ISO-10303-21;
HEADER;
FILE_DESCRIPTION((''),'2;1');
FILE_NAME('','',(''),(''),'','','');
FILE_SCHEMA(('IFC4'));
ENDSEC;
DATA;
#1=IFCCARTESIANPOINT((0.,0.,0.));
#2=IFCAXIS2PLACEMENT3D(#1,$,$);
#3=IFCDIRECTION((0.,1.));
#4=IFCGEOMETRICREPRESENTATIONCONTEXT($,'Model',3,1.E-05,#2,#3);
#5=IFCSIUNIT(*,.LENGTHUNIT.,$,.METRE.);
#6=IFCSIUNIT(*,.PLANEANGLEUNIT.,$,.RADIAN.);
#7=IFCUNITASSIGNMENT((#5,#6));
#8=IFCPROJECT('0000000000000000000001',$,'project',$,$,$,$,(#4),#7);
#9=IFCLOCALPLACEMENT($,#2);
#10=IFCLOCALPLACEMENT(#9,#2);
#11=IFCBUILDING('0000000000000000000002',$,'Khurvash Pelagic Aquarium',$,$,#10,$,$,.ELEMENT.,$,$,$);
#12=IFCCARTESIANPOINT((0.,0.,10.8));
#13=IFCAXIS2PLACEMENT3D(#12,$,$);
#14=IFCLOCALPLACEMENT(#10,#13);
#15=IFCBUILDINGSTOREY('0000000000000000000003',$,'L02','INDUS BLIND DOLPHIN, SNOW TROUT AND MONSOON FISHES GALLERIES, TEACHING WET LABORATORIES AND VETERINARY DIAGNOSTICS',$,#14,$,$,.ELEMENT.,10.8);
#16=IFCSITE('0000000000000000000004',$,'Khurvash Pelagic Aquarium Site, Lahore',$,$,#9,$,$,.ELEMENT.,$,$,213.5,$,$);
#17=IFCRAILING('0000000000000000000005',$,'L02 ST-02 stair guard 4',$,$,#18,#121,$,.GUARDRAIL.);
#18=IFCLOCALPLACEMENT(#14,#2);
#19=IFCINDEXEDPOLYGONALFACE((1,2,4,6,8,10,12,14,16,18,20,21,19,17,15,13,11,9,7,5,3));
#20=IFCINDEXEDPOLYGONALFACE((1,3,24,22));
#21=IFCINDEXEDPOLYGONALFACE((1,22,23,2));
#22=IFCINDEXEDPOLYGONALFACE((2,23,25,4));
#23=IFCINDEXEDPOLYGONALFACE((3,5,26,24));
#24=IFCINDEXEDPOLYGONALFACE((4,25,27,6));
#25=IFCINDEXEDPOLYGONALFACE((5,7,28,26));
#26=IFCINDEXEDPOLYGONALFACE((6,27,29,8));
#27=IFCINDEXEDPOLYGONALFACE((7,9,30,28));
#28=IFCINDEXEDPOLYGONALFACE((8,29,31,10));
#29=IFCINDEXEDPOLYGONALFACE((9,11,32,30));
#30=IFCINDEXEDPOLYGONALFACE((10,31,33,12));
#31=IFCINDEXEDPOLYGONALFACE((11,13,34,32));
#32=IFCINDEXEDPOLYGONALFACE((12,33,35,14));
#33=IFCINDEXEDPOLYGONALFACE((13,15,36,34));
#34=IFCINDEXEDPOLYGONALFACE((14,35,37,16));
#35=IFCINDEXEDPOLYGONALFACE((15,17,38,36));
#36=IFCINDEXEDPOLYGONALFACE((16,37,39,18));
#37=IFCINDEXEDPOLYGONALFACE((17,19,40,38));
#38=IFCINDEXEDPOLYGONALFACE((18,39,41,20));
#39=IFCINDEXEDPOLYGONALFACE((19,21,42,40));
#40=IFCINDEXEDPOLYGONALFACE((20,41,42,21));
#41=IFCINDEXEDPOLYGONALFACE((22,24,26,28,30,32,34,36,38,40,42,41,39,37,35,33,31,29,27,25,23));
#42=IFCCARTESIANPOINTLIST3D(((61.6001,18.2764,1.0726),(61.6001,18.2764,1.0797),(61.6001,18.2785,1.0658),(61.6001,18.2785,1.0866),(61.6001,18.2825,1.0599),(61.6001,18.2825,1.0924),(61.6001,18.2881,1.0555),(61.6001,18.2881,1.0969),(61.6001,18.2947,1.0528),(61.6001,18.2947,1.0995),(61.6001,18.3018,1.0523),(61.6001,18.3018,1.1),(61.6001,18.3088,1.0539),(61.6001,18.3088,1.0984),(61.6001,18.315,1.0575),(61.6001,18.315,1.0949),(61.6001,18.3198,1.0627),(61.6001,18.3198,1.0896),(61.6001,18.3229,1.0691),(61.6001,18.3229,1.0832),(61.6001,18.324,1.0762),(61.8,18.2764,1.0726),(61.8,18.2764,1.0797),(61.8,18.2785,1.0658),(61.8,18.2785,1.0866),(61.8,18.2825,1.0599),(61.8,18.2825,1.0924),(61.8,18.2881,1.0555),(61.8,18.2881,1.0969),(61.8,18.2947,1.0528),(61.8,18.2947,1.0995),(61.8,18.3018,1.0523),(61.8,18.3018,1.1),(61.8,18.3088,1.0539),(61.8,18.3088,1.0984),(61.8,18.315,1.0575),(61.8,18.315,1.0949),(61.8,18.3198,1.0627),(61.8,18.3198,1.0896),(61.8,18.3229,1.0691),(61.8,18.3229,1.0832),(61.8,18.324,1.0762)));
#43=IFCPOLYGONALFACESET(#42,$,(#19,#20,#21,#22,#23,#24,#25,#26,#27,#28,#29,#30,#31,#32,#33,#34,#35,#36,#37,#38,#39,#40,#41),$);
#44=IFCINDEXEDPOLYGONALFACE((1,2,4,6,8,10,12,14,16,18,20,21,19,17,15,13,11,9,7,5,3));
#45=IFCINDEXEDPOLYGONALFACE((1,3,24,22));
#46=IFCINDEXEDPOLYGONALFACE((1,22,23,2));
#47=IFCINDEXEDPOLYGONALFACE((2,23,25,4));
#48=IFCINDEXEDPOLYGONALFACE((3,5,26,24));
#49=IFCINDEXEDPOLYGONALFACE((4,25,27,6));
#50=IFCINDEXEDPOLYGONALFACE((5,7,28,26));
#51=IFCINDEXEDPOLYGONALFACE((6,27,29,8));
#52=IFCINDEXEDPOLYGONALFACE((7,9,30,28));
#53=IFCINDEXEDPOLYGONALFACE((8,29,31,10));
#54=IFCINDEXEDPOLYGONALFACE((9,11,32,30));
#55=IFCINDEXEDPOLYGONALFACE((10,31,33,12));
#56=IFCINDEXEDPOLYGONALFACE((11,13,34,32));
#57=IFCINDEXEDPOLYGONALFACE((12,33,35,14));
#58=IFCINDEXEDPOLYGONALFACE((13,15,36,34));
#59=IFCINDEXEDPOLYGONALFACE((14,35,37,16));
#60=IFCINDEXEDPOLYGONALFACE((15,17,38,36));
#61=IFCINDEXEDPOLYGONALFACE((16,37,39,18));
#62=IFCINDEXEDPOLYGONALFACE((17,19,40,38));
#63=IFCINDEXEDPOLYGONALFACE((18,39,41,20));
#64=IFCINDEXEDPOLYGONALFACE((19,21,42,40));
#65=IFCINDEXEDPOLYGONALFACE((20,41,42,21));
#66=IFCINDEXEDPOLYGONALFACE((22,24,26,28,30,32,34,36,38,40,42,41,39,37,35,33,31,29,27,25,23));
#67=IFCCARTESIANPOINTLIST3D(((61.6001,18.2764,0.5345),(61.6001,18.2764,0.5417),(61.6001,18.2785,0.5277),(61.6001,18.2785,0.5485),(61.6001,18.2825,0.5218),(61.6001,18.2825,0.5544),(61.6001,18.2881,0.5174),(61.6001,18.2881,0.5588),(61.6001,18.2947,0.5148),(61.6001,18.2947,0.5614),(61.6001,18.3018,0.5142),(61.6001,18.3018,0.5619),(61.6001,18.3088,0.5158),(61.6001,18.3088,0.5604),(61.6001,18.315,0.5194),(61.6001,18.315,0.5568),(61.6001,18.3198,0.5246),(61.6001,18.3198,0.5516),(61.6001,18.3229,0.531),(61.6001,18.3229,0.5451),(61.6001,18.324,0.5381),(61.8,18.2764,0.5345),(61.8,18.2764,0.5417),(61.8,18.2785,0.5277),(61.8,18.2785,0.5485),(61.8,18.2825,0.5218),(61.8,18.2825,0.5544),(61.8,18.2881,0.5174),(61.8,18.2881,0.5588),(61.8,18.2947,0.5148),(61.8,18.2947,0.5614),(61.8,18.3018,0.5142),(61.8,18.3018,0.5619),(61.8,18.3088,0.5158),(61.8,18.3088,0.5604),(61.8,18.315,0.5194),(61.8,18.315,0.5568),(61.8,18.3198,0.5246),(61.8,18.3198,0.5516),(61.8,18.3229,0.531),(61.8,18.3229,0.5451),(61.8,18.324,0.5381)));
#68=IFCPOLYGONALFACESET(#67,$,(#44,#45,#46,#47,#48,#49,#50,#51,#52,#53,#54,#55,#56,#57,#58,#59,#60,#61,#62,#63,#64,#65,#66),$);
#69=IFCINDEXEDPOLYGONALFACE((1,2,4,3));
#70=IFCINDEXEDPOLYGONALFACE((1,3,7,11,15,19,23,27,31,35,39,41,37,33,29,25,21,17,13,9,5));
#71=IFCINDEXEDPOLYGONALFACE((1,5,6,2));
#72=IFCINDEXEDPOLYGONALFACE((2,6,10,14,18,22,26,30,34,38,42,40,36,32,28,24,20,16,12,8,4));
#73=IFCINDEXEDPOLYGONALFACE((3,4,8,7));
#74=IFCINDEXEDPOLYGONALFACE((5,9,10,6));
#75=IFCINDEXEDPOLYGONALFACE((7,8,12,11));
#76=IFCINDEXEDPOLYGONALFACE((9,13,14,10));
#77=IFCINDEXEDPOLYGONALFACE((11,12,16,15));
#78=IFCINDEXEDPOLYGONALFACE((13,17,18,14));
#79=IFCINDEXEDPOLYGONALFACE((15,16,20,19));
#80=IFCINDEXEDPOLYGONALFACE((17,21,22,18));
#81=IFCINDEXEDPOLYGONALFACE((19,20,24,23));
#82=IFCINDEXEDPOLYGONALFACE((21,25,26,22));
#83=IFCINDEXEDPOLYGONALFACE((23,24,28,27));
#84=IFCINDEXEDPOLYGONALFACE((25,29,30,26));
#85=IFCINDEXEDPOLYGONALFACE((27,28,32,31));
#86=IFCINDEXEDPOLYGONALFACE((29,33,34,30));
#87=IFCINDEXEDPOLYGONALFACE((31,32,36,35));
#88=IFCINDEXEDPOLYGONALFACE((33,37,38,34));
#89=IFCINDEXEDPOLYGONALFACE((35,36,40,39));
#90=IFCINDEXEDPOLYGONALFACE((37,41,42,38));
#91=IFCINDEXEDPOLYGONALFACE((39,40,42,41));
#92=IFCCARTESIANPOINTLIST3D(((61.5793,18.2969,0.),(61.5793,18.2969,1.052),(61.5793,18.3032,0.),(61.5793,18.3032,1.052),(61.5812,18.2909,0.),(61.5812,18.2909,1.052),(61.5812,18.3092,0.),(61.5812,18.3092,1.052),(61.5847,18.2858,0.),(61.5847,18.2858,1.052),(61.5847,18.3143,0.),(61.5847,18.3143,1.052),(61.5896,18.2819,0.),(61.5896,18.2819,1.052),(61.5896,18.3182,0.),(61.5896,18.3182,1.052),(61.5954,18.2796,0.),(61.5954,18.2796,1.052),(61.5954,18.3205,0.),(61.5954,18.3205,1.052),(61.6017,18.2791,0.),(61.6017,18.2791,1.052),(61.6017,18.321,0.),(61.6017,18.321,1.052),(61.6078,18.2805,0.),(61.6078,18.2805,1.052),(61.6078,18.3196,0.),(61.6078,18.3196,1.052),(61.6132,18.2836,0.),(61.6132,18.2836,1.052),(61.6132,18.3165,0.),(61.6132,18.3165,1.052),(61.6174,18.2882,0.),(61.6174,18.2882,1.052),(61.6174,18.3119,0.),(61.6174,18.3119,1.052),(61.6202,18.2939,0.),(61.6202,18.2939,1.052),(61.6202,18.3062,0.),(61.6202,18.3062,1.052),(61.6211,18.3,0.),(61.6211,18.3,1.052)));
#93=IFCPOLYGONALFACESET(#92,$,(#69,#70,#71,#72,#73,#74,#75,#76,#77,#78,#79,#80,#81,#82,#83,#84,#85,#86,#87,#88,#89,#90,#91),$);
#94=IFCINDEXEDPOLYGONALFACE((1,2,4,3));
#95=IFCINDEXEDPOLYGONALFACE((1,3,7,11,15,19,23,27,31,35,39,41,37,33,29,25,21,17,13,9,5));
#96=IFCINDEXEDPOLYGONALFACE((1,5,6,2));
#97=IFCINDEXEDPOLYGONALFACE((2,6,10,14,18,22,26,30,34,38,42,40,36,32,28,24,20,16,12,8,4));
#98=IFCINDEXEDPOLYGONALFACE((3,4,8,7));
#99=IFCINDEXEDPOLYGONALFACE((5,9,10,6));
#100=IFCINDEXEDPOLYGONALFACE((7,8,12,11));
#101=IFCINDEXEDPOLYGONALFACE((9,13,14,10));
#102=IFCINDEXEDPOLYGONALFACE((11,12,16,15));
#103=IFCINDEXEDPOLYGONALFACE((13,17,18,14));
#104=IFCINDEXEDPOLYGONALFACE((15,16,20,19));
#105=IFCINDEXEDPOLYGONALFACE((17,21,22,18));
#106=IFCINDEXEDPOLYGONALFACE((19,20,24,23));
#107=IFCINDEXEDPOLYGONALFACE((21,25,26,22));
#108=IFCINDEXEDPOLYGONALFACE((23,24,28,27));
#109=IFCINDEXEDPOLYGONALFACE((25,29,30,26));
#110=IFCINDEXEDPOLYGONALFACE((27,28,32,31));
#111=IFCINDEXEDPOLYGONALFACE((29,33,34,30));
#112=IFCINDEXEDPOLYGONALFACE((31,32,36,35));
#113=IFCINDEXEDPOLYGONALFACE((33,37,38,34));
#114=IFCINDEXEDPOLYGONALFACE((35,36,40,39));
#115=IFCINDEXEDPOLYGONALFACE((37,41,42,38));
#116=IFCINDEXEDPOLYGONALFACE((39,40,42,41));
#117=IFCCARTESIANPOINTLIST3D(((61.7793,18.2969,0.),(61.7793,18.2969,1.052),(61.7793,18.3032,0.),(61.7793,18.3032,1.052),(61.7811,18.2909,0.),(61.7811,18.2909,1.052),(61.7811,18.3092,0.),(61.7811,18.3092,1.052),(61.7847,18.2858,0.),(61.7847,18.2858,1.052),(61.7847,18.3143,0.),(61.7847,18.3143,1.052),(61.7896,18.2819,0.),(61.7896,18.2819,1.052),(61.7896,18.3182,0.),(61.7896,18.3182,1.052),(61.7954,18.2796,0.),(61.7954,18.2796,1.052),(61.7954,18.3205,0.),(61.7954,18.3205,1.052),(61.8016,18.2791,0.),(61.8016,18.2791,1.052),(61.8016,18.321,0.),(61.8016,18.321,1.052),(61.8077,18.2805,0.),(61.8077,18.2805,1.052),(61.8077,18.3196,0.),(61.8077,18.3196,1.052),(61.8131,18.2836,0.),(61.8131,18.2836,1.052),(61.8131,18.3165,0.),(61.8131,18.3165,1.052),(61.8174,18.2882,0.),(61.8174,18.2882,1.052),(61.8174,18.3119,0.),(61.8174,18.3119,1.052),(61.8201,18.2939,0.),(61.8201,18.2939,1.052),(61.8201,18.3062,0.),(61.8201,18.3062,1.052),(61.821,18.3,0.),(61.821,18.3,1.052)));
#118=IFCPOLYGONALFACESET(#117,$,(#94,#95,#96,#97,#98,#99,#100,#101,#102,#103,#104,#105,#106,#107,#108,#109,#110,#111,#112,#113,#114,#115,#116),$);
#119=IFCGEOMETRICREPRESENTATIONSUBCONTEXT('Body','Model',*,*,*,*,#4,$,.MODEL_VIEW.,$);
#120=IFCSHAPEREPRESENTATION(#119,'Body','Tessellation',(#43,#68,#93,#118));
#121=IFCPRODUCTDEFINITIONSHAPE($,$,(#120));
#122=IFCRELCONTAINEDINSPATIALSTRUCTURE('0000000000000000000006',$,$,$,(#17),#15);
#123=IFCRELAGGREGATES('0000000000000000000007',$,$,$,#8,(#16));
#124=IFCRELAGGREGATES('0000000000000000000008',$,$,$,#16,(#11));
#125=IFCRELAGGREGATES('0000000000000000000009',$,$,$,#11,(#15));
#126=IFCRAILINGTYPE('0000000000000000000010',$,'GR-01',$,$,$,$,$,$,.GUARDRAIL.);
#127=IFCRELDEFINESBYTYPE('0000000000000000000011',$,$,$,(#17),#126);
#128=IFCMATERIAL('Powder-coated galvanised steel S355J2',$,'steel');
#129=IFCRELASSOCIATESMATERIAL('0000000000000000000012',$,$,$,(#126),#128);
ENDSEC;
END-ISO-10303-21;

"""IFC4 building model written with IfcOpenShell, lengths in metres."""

from ifc_helpers import new_model, si_unit, direction, frame, origin, origin_2d, place, context, subcontext, project, spatial, circle, extrude, material, type_object, element, save


model = new_model("IFC4")

# Units and contexts
model_context = context("Model", 3, precision=1e-05, world=origin(), true_north=direction((0.0, 1.0)))
body_context = subcontext(model_context, "Body", "Model", "MODEL_VIEW")
ifc_project = project(units=[si_unit("LENGTHUNIT", "METRE"), si_unit("PLANEANGLEUNIT", "RADIAN")], contexts=[model_context])

# Site, building, storey
site_placement = place(None, origin())
site = spatial("IfcSite", under=ifc_project, at=site_placement, Name="Khurvash Pelagic Aquarium Site, Lahore", CompositionType="ELEMENT", RefElevation=213.5)
building_placement = place(site_placement, origin())
building = spatial("IfcBuilding", under=site, at=building_placement, Name="Khurvash Pelagic Aquarium", CompositionType="ELEMENT")
storey_placement = place(building_placement, frame((0.0, 0.0, 10.8)))
storey = spatial("IfcBuildingStorey", under=building, at=storey_placement, Name="L02", Description="INDUS BLIND DOLPHIN, SNOW TROUT AND MONSOON FISHES GALLERIES, TEACHING WET LABORATORIES AND VETERINARY DIAGNOSTICS", CompositionType="ELEMENT", Elevation=10.8)

# Railing
ifc_material_1 = material(Name="Powder-coated galvanised steel S355J2", Category="steel")
railing_type_1 = type_object("IfcRailingType", Name="GR-01", PredefinedType="GUARDRAIL", material=ifc_material_1)
railing_1_placement = place(storey_placement, frame((61.6001, 18.3, 0.0)))
element("IfcRailing", 1, at=railing_1_placement, inside=storey, type_object=railing_type_1, Name="L02 ST-02 stair guard 4", PredefinedType="GUARDRAIL", context=body_context, shape_type="SweptSolid", body=[
    extrude(circle(Radius=0.0239, at=origin_2d()), frame((0.0, 0.0, 1.0762), z_axis=(1.0, 0.0, 0.0), x_axis=(0.0, 1.0, 0.0)), (0.0, 0.0, 1.0), 0.2),
    extrude(circle(Radius=0.0239, at=origin_2d()), frame((0.0, 0.0, 0.5381), z_axis=(1.0, 0.0, 0.0), x_axis=(0.0, 1.0, 0.0)), (0.0, 0.0, 1.0), 0.2),
    extrude(circle(Radius=0.021, at=origin_2d()), origin(), (0.0, 0.0, 1.0), 1.052),
    extrude(circle(Radius=0.021, at=origin_2d()), frame((0.2, 0.0, 0.0)), (0.0, 0.0, 1.0), 1.052),
])

save(model, "model.ifc")
